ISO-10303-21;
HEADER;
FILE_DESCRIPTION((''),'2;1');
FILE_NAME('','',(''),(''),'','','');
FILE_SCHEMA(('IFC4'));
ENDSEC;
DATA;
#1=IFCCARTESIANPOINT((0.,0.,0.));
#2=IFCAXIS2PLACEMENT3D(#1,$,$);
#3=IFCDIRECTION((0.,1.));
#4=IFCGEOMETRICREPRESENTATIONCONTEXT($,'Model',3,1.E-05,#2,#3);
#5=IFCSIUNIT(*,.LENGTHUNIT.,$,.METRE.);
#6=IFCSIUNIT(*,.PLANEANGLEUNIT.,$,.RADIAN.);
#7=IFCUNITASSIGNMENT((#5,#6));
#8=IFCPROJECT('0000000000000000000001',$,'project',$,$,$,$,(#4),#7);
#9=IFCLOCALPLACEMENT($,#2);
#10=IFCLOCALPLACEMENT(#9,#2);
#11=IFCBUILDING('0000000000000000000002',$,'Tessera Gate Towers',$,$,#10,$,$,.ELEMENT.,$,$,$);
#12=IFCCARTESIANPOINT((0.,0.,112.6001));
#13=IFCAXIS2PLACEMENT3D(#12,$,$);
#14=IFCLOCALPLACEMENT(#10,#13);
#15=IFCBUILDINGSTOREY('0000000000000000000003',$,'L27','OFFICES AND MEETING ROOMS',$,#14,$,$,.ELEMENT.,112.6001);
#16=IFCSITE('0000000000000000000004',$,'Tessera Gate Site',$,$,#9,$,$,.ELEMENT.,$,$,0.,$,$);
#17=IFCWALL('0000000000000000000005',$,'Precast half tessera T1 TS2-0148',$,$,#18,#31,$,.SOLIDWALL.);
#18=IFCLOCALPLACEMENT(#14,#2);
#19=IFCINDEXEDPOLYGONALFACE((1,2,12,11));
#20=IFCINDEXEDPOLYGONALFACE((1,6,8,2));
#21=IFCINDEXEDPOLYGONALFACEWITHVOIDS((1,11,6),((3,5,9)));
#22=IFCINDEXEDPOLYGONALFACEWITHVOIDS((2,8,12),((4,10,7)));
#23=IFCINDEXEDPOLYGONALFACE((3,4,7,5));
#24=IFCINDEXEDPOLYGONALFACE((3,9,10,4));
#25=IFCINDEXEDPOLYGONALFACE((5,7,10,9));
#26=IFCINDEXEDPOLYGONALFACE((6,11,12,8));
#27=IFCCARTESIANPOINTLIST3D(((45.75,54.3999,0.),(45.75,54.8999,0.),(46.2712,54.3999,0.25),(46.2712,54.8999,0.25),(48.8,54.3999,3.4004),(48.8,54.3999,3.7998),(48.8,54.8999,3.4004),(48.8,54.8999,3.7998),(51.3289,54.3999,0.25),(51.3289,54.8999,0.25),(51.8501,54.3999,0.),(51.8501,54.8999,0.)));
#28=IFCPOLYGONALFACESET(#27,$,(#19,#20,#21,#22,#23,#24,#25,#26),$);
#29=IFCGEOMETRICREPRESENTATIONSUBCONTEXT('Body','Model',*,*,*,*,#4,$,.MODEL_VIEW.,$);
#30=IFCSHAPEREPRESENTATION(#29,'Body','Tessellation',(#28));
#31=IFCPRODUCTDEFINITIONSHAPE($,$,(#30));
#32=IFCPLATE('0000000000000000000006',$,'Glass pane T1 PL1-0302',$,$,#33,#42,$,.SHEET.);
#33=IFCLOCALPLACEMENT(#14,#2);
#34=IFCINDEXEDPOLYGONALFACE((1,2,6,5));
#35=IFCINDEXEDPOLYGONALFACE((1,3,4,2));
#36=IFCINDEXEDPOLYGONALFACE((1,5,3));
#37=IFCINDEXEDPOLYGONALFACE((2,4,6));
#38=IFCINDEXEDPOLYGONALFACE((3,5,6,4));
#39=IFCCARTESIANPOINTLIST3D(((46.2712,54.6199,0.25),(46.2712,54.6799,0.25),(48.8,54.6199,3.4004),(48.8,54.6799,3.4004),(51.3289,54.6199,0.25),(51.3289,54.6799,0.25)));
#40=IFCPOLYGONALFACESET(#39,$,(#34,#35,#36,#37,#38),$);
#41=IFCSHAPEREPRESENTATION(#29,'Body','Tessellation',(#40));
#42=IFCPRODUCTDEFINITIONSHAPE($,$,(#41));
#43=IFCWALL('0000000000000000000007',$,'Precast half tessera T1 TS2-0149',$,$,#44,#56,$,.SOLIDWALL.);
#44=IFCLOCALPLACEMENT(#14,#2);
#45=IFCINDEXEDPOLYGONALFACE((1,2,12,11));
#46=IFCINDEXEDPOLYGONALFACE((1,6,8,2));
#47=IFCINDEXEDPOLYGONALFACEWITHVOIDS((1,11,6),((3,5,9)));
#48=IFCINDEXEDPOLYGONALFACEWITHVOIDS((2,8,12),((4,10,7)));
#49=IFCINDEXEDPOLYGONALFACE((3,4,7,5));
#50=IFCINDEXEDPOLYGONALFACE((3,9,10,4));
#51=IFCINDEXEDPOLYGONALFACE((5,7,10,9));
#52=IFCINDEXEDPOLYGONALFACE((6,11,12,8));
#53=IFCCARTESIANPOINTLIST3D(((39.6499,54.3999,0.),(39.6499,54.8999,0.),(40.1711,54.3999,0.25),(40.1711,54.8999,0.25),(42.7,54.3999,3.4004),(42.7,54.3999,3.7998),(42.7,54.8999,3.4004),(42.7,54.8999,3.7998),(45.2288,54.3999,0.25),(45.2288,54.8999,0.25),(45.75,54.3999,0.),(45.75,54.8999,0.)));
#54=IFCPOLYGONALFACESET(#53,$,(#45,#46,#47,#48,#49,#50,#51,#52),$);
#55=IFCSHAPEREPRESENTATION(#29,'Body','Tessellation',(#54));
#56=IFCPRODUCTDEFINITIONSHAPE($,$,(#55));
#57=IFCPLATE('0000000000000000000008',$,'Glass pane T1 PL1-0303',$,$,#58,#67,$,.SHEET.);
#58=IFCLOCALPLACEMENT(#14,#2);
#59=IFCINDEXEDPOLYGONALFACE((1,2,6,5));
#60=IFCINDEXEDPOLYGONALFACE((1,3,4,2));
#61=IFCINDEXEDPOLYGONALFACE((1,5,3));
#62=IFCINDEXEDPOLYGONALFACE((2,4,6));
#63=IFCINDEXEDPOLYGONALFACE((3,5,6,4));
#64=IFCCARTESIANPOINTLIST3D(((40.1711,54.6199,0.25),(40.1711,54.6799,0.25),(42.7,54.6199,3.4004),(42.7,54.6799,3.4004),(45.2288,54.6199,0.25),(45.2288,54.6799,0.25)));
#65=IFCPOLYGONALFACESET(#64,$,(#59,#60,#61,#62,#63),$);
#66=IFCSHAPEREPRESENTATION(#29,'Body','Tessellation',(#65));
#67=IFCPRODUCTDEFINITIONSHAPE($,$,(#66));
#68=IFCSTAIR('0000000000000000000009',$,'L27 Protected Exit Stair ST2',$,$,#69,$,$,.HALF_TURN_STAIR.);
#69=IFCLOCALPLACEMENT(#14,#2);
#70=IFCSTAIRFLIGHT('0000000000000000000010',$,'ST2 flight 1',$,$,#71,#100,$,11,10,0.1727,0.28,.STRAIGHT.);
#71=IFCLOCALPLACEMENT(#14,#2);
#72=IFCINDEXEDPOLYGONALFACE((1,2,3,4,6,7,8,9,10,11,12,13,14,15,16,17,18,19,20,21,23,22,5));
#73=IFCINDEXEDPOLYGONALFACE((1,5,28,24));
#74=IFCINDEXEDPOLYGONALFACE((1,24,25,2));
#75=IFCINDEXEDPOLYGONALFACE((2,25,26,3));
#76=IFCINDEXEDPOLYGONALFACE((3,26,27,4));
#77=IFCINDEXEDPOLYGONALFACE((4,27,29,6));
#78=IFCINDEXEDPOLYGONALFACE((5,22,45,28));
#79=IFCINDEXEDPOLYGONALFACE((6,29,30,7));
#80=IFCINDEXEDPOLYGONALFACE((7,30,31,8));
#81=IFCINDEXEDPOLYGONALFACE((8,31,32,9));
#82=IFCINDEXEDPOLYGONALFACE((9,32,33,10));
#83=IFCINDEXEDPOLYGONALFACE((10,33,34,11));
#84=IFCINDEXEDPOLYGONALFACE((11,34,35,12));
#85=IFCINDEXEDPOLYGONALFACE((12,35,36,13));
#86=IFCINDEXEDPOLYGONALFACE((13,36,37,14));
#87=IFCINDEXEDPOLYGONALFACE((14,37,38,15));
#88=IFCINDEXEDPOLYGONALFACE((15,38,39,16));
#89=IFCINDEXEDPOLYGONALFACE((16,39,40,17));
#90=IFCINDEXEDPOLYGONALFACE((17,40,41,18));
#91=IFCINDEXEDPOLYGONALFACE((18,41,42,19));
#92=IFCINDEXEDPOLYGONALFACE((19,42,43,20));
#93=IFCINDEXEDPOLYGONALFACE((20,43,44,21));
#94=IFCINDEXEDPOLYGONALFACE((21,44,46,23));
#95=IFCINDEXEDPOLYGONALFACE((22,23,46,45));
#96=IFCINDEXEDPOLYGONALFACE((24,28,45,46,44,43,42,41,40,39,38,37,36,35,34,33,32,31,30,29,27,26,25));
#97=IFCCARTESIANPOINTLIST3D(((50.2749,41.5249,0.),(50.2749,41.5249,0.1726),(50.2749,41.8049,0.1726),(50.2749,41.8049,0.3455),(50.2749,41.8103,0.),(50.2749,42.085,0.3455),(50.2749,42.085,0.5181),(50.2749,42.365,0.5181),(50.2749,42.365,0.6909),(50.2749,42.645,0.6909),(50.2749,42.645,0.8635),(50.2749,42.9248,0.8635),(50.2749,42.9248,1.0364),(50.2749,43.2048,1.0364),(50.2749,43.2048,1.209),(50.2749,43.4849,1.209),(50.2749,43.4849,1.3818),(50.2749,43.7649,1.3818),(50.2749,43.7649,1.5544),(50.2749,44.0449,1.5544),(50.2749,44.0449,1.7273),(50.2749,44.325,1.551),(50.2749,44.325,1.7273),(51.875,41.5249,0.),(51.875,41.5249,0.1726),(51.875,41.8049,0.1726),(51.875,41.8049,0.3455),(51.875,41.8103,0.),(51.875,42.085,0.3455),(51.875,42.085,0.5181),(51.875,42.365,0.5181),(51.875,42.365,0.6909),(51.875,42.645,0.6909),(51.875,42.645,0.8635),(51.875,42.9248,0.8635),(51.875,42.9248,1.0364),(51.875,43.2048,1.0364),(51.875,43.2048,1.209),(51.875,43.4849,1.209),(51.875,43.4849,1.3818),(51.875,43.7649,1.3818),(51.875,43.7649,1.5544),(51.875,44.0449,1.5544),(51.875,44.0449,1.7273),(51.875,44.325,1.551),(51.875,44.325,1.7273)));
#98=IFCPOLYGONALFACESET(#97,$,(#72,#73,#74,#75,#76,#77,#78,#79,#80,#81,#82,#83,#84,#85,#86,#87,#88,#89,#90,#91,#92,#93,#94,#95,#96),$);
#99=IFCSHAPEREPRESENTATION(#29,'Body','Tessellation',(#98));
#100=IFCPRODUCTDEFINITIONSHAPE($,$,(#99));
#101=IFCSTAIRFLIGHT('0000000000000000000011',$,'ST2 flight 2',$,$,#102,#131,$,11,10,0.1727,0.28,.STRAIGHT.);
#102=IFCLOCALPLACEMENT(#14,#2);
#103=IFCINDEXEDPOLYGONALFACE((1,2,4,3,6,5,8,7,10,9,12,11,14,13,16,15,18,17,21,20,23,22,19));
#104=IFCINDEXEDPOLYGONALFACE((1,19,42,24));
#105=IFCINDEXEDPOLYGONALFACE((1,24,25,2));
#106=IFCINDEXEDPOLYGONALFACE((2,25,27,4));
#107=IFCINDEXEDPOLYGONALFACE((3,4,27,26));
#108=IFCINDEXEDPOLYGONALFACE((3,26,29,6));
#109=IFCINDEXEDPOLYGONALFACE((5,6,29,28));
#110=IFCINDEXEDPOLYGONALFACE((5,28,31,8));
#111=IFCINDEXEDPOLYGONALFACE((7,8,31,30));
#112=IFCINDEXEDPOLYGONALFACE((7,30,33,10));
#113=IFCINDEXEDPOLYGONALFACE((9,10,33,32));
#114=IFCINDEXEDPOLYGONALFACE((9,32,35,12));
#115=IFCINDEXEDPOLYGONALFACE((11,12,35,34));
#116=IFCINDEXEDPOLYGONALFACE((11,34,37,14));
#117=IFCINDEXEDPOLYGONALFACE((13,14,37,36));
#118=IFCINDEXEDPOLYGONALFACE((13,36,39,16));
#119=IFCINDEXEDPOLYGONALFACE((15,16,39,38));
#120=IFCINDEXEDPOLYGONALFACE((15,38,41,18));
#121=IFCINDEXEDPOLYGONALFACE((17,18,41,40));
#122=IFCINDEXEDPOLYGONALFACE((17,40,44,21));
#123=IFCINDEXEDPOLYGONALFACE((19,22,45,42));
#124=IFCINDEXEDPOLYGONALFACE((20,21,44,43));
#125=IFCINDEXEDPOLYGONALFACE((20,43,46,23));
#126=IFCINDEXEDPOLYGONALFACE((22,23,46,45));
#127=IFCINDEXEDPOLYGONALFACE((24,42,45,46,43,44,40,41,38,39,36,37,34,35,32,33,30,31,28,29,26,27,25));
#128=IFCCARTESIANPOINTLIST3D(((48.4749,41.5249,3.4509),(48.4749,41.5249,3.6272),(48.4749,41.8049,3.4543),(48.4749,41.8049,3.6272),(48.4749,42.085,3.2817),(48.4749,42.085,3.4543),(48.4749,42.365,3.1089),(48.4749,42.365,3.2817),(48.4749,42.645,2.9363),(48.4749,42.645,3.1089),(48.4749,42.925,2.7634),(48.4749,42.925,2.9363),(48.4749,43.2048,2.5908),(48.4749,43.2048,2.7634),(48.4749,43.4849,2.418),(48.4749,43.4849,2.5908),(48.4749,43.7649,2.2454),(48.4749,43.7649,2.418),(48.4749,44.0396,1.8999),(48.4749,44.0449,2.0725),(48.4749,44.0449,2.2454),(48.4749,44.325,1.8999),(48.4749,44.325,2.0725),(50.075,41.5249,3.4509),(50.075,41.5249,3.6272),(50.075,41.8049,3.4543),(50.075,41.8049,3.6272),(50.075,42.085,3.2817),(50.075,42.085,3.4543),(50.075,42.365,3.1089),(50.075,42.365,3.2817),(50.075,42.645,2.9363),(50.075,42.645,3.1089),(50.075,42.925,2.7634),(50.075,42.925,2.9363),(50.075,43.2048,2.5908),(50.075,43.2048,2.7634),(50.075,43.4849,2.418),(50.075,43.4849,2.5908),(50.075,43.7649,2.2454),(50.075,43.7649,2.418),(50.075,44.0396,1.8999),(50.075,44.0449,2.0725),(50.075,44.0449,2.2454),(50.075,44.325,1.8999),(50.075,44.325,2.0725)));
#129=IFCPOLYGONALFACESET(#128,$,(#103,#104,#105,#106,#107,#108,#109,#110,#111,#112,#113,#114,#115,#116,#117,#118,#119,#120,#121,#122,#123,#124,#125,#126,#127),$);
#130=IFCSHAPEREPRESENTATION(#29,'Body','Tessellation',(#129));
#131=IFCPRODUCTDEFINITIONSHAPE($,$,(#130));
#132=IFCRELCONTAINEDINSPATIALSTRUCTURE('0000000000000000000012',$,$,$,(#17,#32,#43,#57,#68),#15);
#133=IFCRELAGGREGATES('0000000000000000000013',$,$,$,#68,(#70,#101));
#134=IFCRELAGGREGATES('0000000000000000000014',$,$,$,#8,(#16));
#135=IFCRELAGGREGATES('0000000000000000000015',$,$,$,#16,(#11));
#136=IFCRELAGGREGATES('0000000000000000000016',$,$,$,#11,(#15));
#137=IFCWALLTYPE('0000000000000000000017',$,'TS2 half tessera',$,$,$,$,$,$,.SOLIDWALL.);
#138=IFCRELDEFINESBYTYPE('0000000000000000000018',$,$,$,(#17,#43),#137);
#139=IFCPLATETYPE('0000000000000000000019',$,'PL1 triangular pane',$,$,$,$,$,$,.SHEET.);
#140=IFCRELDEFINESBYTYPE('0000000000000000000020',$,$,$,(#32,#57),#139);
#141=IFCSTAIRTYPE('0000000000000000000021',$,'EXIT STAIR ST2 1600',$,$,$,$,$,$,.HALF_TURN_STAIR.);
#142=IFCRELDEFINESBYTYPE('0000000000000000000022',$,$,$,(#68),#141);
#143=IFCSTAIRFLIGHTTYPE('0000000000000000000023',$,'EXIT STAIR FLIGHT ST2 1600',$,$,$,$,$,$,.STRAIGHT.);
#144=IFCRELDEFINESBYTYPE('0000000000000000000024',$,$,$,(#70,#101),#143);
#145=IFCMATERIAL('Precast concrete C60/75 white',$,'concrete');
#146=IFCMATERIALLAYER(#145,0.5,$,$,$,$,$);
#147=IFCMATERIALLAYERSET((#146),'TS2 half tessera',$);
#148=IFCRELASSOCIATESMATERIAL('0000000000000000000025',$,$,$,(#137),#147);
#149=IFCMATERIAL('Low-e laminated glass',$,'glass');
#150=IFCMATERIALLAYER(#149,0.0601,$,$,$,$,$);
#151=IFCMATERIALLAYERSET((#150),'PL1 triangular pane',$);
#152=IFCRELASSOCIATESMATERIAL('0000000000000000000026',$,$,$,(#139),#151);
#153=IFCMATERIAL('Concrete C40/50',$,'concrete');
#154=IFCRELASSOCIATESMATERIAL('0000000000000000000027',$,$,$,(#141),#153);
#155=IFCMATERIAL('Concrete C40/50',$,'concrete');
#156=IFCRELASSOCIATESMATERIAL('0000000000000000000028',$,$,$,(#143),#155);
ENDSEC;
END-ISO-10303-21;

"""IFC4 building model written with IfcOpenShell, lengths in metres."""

from ifc_helpers import new_model, si_unit, direction, frame, origin, place, context, subcontext, project, spatial, polyline, outline, extrude, source, transform, mapped, material, layer, layer_set, type_object, element, fill, aggregate, save


model = new_model("IFC4")

# Units and contexts
model_context = context("Model", 3, precision=1e-05, world=origin(), true_north=direction((0.0, 1.0)))
body_context = subcontext(model_context, "Body", "Model", "MODEL_VIEW")
ifc_project = project(units=[si_unit("LENGTHUNIT", "METRE"), si_unit("PLANEANGLEUNIT", "RADIAN")], contexts=[model_context])

# Site, building, storey
site_placement = place(None, origin())
site = spatial("IfcSite", under=ifc_project, at=site_placement, Name="Tessera Gate Site", CompositionType="ELEMENT", RefElevation=0.0)
building_placement = place(site_placement, origin())
building = spatial("IfcBuilding", under=site, at=building_placement, Name="Tessera Gate Towers", CompositionType="ELEMENT")
storey_placement = place(building_placement, frame((0.0, 0.0, 112.6001)))
storey = spatial("IfcBuildingStorey", under=building, at=storey_placement, Name="L27", Description="OFFICES AND MEETING ROOMS", CompositionType="ELEMENT", Elevation=112.6001)

# Walls, openings, plates
ifc_material_1 = material(Name="Precast concrete C60/75 white", Category="concrete")
ifc_layer_1 = layer(ifc_material_1, 0.5)
ifc_layer_set_1 = layer_set([ifc_layer_1], Name="TS2 half tessera")
wall_type_1 = type_object("IfcWallType", Name="TS2 half tessera", PredefinedType="SOLIDWALL", material=ifc_layer_set_1)
shared_shape_1 = source(origin(), body_context, "Body", "SweptSolid", [
    extrude(outline(polyline([(6.1001, 0.0), (3.05, 3.7998), (0.0, 0.0), (6.1001, 0.0)])), frame((0.0, 0.25, 0.0), z_axis=(0.0, -1.0, 0.0), x_axis=(1.0, 0.0, 0.0)), (0.0, 0.0, 1.0), 0.5),
])
wall_1_placement = place(storey_placement, frame((51.8501, 54.6499, 0.0), z_axis=(0.0, 0.0, 1.0), x_axis=(-1.0, 0.0, 0.0)))
wall_1 = element("IfcWall", 1, at=wall_1_placement, inside=storey, type_object=wall_type_1, Name="Precast half tessera T1 TS2-0148", PredefinedType="SOLIDWALL", context=body_context, shape_type="MappedRepresentation", body=[
    mapped(shared_shape_1, transform((0.0, 0.0, 0.0), scale=1.0)),
])
shared_shape_2 = source(origin(), body_context, "Body", "SweptSolid", [
    extrude(outline(polyline([(5.5789, 0.25), (3.05, 3.4004), (0.5212, 0.25), (5.5789, 0.25)])), frame((0.0, 0.26, 0.0), z_axis=(0.0, -1.0, 0.0), x_axis=(1.0, 0.0, 0.0)), (0.0, 0.0, 1.0), 0.52),
])
opening_1_placement = place(wall_1_placement, origin())
opening_1 = element("IfcOpeningElement", 2, at=opening_1_placement, cuts=wall_1, PredefinedType="OPENING", context=body_context, shape_type="MappedRepresentation", body=[
    mapped(shared_shape_2, transform((0.0, 0.0, 0.0), scale=1.0)),
])
ifc_material_2 = material(Name="Low-e laminated glass", Category="glass")
ifc_layer_2 = layer(ifc_material_2, 0.0601)
ifc_layer_set_2 = layer_set([ifc_layer_2], Name="PL1 triangular pane")
plate_type = type_object("IfcPlateType", Name="PL1 triangular pane", PredefinedType="SHEET", material=ifc_layer_set_2)
shared_shape_3 = source(origin(), body_context, "Body", "SweptSolid", [
    extrude(outline(polyline([(5.5789, 0.25), (3.05, 3.4004), (0.5212, 0.25), (5.5789, 0.25)])), frame((0.0, 0.03, 0.0), z_axis=(0.0, -1.0, 0.0), x_axis=(1.0, 0.0, 0.0)), (0.0, 0.0, 1.0), 0.0601),
])
plate_1_placement = place(opening_1_placement, origin())
plate_1 = element("IfcPlate", 3, at=plate_1_placement, inside=storey, type_object=plate_type, Name="Glass pane T1 PL1-0302", PredefinedType="SHEET", context=body_context, shape_type="MappedRepresentation", body=[
    mapped(shared_shape_3, transform((0.0, 0.0, 0.0), scale=1.0)),
])
fill(opening_1, plate_1)
wall_2_placement = place(storey_placement, frame((45.75, 54.6499, 0.0), z_axis=(0.0, 0.0, 1.0), x_axis=(-1.0, 0.0, 0.0)))
wall_2 = element("IfcWall", 4, at=wall_2_placement, inside=storey, type_object=wall_type_1, Name="Precast half tessera T1 TS2-0149", PredefinedType="SOLIDWALL", context=body_context, shape_type="MappedRepresentation", body=[
    mapped(shared_shape_1, transform((0.0, 0.0, 0.0), scale=1.0)),
])
opening_2_placement = place(wall_2_placement, origin())
opening_2 = element("IfcOpeningElement", 5, at=opening_2_placement, cuts=wall_2, PredefinedType="OPENING", context=body_context, shape_type="MappedRepresentation", body=[
    mapped(shared_shape_2, transform((0.0, 0.0, 0.0), scale=1.0)),
])
plate_2_placement = place(opening_2_placement, origin())
plate_2 = element("IfcPlate", 6, at=plate_2_placement, inside=storey, type_object=plate_type, Name="Glass pane T1 PL1-0303", PredefinedType="SHEET", context=body_context, shape_type="MappedRepresentation", body=[
    mapped(shared_shape_3, transform((0.0, 0.0, 0.0), scale=1.0)),
])
fill(opening_2, plate_2)

# Stair, stair flights
ifc_material_3 = material(Name="Concrete C40/50", Category="concrete")
stair_type = type_object("IfcStairType", Name="EXIT STAIR ST2 1600", PredefinedType="HALF_TURN_STAIR", material=ifc_material_3)
stair_placement = place(storey_placement, origin())
stair = element("IfcStair", 7, at=stair_placement, inside=storey, type_object=stair_type, Name="L27 Protected Exit Stair ST2", PredefinedType="HALF_TURN_STAIR")
ifc_material_4 = material(Name="Concrete C40/50", Category="concrete")
stair_flight_type = type_object("IfcStairFlightType", Name="EXIT STAIR FLIGHT ST2 1600", PredefinedType="STRAIGHT", material=ifc_material_4)
stair_flight_1_placement = place(storey_placement, frame((51.075, 41.5249, 0.0), z_axis=(0.0, 0.0, 1.0), x_axis=(0.0, 1.0, 0.0)))
stair_flight_1 = element("IfcStairFlight", 8, at=stair_flight_1_placement, type_object=stair_flight_type, Name="ST2 flight 1", NumberOfRisers=11, NumberOfTreads=10, PredefinedType="STRAIGHT", RiserHeight=0.1727, TreadLength=0.28, context=body_context, shape_type="SweptSolid", body=[
    extrude(outline(polyline([(0.0, 0.0), (0.0, 0.1726), (0.28, 0.1726), (0.28, 0.3455), (0.5601, 0.3455), (0.5601, 0.5181), (0.8401, 0.5181), (0.8401, 0.6909), (1.1201, 0.6909), (1.1201, 0.8635), (1.3999, 0.8635), (1.3999, 1.0364), (1.6799, 1.0364), (1.6799, 1.209), (1.96, 1.209), (1.96, 1.3818), (2.24, 1.3818), (2.24, 1.5544), (2.52, 1.5544), (2.52, 1.7273), (2.8, 1.7273), (2.8, 1.8999), (2.8, 1.551), (0.2854, 0.0), (0.0, 0.0)])), frame((0.0, 0.8, 0.0), z_axis=(0.0, -1.0, 0.0), x_axis=(1.0, 0.0, 0.0)), (0.0, 0.0, 1.0), 1.6001),
])
stair_flight_2_placement = place(storey_placement, frame((49.2749, 44.325, 1.8999), z_axis=(0.0, 0.0, 1.0), x_axis=(0.0, -1.0, 0.0)))
stair_flight_2 = element("IfcStairFlight", 9, at=stair_flight_2_placement, type_object=stair_flight_type, Name="ST2 flight 2", NumberOfRisers=11, NumberOfTreads=10, PredefinedType="STRAIGHT", RiserHeight=0.1727, TreadLength=0.28, context=body_context, shape_type="SweptSolid", body=[
    extrude(outline(polyline([(0.0, 0.0), (0.0, 0.1726), (0.28, 0.1726), (0.28, 0.3455), (0.5601, 0.3455), (0.5601, 0.5181), (0.8401, 0.5181), (0.8401, 0.6909), (1.1201, 0.6909), (1.1201, 0.8635), (1.3999, 0.8635), (1.3999, 1.0364), (1.6799, 1.0364), (1.6799, 1.209), (1.96, 1.209), (1.96, 1.3818), (2.24, 1.3818), (2.24, 1.5544), (2.52, 1.5544), (2.52, 1.7273), (2.8, 1.7273), (2.8, 1.8999), (2.8, 1.551), (0.2854, 0.0), (0.0, 0.0)])), frame((0.0, 0.8, 0.0), z_axis=(0.0, -1.0, 0.0), x_axis=(1.0, 0.0, 0.0)), (0.0, 0.0, 1.0), 1.6001),
])
aggregate(stair, [stair_flight_1, stair_flight_2])

save(model, "model.ifc")
